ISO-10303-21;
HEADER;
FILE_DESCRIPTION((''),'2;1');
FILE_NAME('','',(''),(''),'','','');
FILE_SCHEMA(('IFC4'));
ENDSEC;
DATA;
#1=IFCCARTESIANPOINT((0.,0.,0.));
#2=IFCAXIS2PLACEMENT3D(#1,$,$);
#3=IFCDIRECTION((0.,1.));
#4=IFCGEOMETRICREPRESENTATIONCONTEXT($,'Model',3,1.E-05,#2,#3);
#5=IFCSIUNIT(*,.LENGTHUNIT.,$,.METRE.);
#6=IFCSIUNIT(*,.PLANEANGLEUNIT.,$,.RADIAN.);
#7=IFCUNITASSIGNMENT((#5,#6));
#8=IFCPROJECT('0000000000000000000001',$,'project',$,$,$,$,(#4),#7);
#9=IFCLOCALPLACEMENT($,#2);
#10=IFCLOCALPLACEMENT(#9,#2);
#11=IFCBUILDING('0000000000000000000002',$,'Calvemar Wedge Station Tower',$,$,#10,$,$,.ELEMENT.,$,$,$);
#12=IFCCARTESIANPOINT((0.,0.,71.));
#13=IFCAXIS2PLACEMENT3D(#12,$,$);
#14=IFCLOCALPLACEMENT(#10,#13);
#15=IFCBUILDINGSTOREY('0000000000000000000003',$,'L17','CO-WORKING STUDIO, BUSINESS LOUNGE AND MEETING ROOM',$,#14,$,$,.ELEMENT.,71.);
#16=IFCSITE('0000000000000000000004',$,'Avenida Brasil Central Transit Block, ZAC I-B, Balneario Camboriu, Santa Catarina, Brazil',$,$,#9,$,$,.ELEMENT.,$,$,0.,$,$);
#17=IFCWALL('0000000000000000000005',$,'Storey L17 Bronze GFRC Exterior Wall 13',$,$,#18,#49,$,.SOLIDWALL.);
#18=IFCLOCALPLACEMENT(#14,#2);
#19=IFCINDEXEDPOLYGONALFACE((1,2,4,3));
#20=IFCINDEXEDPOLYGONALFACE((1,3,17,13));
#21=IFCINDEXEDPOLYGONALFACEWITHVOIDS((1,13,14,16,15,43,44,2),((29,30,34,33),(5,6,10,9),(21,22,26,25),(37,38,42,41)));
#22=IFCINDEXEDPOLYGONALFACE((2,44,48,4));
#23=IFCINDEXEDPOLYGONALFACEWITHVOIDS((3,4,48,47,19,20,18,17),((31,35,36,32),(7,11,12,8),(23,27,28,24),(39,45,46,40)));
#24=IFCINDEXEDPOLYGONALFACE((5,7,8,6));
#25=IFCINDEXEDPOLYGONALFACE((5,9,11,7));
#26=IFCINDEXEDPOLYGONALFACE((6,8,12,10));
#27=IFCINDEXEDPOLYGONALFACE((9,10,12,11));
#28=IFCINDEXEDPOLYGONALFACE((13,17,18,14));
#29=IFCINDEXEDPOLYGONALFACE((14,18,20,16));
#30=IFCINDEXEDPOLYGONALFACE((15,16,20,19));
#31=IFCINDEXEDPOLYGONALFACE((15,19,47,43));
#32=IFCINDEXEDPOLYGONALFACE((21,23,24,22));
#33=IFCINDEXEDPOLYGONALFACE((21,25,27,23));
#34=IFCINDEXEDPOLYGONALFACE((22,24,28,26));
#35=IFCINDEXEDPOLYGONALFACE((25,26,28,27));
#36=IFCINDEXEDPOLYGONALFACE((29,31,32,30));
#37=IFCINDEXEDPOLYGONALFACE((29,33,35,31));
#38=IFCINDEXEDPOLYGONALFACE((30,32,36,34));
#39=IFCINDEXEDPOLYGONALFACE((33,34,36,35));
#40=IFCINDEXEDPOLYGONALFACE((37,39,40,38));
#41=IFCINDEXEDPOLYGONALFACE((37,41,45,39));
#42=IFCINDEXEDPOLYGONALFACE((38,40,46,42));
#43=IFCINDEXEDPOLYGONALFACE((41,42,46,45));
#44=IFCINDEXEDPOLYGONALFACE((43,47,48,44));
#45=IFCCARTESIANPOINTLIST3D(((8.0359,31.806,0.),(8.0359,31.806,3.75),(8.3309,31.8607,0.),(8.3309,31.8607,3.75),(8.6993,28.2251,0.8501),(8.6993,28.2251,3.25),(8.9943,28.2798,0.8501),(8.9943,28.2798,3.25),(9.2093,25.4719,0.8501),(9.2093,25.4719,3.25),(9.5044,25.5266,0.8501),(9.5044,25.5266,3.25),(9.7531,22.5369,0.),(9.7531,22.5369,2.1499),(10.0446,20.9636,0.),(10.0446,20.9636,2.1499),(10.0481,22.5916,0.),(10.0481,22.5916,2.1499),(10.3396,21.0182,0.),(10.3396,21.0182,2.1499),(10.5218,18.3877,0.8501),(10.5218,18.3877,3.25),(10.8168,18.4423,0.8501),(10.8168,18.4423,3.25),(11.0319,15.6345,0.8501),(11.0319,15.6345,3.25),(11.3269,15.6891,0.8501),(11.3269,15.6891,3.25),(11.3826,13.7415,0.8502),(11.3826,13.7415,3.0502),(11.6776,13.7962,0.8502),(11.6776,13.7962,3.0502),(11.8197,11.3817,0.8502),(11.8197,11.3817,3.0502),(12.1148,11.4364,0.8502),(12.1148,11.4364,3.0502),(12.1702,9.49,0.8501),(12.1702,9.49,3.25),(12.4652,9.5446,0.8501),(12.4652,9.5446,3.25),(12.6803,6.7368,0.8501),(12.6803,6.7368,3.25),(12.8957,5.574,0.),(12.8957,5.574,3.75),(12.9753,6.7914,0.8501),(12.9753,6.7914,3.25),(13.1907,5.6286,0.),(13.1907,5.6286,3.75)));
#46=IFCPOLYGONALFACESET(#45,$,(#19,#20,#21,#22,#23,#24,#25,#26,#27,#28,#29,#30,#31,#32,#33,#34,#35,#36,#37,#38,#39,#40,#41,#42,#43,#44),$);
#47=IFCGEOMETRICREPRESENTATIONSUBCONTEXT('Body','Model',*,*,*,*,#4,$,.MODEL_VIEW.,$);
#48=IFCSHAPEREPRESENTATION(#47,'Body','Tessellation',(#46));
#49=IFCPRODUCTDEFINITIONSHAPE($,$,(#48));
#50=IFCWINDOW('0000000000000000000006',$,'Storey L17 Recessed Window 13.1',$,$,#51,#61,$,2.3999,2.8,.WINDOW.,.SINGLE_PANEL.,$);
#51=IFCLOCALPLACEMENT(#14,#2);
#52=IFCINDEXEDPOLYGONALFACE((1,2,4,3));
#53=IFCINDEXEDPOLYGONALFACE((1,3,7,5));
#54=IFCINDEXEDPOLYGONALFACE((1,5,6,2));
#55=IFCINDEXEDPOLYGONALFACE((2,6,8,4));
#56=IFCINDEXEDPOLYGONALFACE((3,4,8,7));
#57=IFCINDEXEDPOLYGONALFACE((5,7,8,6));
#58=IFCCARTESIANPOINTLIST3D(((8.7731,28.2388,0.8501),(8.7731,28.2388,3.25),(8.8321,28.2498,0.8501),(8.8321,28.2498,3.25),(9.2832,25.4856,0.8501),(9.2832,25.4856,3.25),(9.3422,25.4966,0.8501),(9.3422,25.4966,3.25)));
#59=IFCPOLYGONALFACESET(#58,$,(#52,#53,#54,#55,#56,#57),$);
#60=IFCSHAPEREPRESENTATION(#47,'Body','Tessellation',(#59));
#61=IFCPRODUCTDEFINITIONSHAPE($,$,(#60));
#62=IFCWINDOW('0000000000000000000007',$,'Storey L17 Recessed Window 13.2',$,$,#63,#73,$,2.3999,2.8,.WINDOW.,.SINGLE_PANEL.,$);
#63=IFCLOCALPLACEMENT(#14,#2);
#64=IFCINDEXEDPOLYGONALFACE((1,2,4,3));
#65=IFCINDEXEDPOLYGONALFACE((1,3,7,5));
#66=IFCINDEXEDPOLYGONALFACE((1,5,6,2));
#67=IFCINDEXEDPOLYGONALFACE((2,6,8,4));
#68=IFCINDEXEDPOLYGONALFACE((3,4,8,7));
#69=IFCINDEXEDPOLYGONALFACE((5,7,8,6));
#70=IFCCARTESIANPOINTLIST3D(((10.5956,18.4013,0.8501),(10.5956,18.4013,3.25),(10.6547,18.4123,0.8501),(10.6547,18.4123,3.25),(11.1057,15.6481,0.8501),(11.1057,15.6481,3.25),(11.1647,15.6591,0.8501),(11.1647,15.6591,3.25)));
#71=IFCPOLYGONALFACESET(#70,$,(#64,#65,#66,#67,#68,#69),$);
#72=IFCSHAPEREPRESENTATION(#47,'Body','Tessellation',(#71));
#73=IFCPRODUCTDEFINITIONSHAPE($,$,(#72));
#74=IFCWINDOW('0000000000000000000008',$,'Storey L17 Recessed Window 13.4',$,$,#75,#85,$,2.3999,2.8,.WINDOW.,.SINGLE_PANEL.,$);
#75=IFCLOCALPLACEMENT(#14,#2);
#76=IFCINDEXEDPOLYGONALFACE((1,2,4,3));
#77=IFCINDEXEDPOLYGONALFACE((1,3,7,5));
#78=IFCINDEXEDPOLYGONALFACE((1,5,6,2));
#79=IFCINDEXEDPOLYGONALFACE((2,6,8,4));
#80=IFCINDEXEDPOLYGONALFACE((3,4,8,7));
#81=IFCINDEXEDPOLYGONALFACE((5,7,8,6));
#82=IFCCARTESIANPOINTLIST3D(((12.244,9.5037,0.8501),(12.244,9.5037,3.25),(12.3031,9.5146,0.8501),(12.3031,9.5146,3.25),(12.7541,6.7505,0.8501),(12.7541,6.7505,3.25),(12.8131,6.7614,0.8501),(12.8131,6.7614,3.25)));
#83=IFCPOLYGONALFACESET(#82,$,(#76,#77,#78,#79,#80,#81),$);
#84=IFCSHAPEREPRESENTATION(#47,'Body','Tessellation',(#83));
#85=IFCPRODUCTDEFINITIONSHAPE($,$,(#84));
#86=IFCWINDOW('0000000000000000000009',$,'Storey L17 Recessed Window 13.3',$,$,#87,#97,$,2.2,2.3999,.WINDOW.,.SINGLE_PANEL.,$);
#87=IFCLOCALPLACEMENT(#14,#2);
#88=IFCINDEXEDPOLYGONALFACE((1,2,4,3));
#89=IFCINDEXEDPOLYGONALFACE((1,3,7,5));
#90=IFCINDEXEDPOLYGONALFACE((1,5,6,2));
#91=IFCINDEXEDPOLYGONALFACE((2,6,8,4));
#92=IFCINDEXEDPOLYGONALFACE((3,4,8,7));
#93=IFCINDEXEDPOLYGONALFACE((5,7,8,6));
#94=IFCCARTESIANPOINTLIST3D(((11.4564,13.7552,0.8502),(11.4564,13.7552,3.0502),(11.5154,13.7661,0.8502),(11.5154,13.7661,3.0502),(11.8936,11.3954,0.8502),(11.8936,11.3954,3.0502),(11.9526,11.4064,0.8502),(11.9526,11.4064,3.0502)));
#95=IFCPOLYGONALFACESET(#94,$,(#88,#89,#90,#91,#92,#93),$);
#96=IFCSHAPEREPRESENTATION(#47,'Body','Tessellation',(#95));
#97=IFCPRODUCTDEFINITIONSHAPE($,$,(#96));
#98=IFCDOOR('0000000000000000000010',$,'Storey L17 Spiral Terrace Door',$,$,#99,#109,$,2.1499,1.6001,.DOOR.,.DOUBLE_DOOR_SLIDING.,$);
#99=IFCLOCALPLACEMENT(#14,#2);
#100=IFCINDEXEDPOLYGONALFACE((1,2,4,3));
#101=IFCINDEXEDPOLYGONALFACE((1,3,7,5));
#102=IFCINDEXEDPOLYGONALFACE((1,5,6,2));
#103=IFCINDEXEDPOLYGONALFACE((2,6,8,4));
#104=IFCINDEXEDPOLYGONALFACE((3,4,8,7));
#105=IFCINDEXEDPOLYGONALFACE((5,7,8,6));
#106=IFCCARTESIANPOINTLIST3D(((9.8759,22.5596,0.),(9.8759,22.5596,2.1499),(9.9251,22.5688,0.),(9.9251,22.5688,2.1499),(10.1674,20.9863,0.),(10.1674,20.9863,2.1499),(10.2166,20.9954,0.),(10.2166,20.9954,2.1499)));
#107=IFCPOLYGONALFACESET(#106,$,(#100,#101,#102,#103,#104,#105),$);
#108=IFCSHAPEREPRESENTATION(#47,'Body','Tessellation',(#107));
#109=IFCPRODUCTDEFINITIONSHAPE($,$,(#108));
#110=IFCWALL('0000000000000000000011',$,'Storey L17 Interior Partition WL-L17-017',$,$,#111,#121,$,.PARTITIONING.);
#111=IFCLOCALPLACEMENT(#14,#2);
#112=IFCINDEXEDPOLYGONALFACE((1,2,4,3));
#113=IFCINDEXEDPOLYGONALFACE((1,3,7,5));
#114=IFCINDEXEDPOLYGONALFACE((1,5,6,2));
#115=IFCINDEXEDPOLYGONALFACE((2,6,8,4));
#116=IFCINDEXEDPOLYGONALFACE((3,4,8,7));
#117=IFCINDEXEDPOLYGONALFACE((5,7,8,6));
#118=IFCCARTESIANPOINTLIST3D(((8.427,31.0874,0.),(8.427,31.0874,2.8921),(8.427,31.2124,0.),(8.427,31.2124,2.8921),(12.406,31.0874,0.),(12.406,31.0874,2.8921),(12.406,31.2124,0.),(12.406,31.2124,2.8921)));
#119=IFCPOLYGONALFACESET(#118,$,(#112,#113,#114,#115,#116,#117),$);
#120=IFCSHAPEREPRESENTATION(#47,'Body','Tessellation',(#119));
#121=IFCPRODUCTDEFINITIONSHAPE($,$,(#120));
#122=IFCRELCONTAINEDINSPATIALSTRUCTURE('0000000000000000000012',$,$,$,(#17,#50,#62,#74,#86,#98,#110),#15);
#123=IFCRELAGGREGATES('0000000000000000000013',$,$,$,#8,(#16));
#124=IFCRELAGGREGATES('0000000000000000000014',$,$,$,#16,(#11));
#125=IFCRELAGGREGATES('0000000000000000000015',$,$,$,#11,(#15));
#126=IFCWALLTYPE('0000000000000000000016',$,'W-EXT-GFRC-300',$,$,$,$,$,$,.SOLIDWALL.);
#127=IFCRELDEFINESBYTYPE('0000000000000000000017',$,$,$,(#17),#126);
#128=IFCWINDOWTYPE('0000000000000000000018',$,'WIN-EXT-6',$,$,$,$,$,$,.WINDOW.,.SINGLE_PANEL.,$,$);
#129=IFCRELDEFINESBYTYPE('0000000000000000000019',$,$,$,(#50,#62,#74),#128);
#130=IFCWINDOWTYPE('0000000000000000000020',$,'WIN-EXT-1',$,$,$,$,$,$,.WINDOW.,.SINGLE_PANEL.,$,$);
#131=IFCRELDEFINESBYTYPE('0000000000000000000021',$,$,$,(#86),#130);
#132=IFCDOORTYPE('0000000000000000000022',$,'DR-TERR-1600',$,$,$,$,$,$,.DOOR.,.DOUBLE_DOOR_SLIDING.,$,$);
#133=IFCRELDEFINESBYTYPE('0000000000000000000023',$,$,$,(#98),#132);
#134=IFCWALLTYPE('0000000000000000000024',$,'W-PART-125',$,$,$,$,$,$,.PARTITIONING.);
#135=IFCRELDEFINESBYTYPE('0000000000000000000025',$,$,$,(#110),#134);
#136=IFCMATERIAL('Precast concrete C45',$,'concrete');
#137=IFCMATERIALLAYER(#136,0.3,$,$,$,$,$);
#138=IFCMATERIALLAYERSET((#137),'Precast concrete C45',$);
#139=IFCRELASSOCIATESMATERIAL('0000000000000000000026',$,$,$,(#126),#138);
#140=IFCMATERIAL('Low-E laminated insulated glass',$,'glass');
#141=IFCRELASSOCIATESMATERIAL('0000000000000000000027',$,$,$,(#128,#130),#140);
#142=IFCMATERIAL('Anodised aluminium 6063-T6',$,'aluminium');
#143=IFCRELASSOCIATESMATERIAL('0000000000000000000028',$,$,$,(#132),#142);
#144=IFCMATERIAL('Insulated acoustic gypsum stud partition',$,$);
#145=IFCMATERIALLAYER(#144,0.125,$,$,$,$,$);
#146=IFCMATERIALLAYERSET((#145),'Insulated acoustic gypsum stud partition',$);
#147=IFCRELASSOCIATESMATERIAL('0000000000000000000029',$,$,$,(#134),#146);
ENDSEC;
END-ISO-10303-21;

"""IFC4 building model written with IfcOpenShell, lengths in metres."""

from ifc_helpers import new_model, si_unit, direction, frame, frame_2d, origin, place, context, subcontext, project, spatial, rectangle, extrude, source, transform, mapped, material, layer, layer_set, type_object, element, fill, save


model = new_model("IFC4")

# Units and contexts
model_context = context("Model", 3, precision=1e-05, world=origin(), true_north=direction((0.0, 1.0)))
body_context = subcontext(model_context, "Body", "Model", "MODEL_VIEW")
ifc_project = project(units=[si_unit("LENGTHUNIT", "METRE"), si_unit("PLANEANGLEUNIT", "RADIAN")], contexts=[model_context])

# Site, building, storey
site_placement = place(None, origin())
site = spatial("IfcSite", under=ifc_project, at=site_placement, Name="Avenida Brasil Central Transit Block, ZAC I-B, Balneario Camboriu, Santa Catarina, Brazil", CompositionType="ELEMENT", RefElevation=0.0)
building_placement = place(site_placement, origin())
building = spatial("IfcBuilding", under=site, at=building_placement, Name="Calvemar Wedge Station Tower", CompositionType="ELEMENT")
storey_placement = place(building_placement, frame((0.0, 0.0, 71.0)))
storey = spatial("IfcBuildingStorey", under=building, at=storey_placement, Name="L17", Description="CO-WORKING STUDIO, BUSINESS LOUNGE AND MEETING ROOM", CompositionType="ELEMENT", Elevation=71.0)

# Wall, openings, windows, door
ifc_material_1 = material(Name="Precast concrete C45", Category="concrete")
ifc_layer_1 = layer(ifc_material_1, 0.3)
ifc_layer_set_1 = layer_set([ifc_layer_1], Name="Precast concrete C45")
wall_type_1 = type_object("IfcWallType", Name="W-EXT-GFRC-300", PredefinedType="SOLIDWALL", material=ifc_layer_set_1)
wall_1_placement = place(storey_placement, frame((8.1833, 31.8335, 0.0), z_axis=(0.0, 0.0, 1.0), x_axis=(0.182164, -0.983268, 0.0)))
wall_1 = element("IfcWall", 1, at=wall_1_placement, inside=storey, type_object=wall_type_1, Name="Storey L17 Bronze GFRC Exterior Wall 13", PredefinedType="SOLIDWALL", context=body_context, shape_type="SweptSolid", body=[
    extrude(rectangle(XDim=26.6785, YDim=0.3, at=frame_2d((13.3394, 0.0))), origin(), (0.0, 0.0, 1.0), 3.75),
])
shared_shape_1 = source(origin(), body_context, "Body", "SweptSolid", [
    extrude(rectangle(XDim=1.6001, YDim=2.1499, at=frame_2d((0.8, 1.075))), frame((0.0, 0.1602, 0.0), z_axis=(0.0, -1.0, 0.0), x_axis=(1.0, 0.0, 0.0)), (0.0, 0.0, 1.0), 0.3201),
])
opening_1_placement = place(wall_1_placement, frame((9.427, 0.0, 0.0)))
opening_1 = element("IfcOpeningElement", 2, at=opening_1_placement, cuts=wall_1, PredefinedType="OPENING", context=body_context, shape_type="MappedRepresentation", body=[
    mapped(shared_shape_1, transform((0.0, 0.0, 0.0), scale=1.0)),
])
shared_shape_2 = source(origin(), body_context, "Body", "SweptSolid", [
    extrude(rectangle(XDim=2.8, YDim=2.3999, at=frame_2d((1.3999, 1.2))), frame((0.0, 0.1602, 0.0), z_axis=(0.0, -1.0, 0.0), x_axis=(1.0, 0.0, 0.0)), (0.0, 0.0, 1.0), 0.3201),
])
opening_2_placement = place(wall_1_placement, frame((3.6421, 0.0, 0.8501)))
opening_2 = element("IfcOpeningElement", 3, at=opening_2_placement, cuts=wall_1, PredefinedType="OPENING", context=body_context, shape_type="MappedRepresentation", body=[
    mapped(shared_shape_2, transform((0.0, 0.0, 0.0), scale=1.0)),
])
opening_3_placement = place(wall_1_placement, frame((13.647, 0.0, 0.8501)))
opening_3 = element("IfcOpeningElement", 4, at=opening_3_placement, cuts=wall_1, PredefinedType="OPENING", context=body_context, shape_type="MappedRepresentation", body=[
    mapped(shared_shape_2, transform((0.0, 0.0, 0.0), scale=1.0)),
])
shared_shape_3 = source(origin(), body_context, "Body", "SweptSolid", [
    extrude(rectangle(XDim=2.3999, YDim=2.2, at=frame_2d((1.2, 1.1001))), frame((0.0, 0.1602, 0.0), z_axis=(0.0, -1.0, 0.0), x_axis=(1.0, 0.0, 0.0)), (0.0, 0.0, 1.0), 0.3201),
])
opening_4_placement = place(wall_1_placement, frame((18.3721, 0.0, 0.8501)))
opening_4 = element("IfcOpeningElement", 5, at=opening_4_placement, cuts=wall_1, PredefinedType="OPENING", context=body_context, shape_type="MappedRepresentation", body=[
    mapped(shared_shape_3, transform((0.0, 0.0, 0.0), scale=1.0)),
])
opening_5_placement = place(wall_1_placement, frame((22.696, 0.0, 0.8501)))
opening_5 = element("IfcOpeningElement", 6, at=opening_5_placement, cuts=wall_1, PredefinedType="OPENING", context=body_context, shape_type="MappedRepresentation", body=[
    mapped(shared_shape_2, transform((0.0, 0.0, 0.0), scale=1.0)),
])
ifc_material_2 = material(Name="Low-E laminated insulated glass", Category="glass")
window_type_1 = type_object("IfcWindowType", Name="WIN-EXT-6", PartitioningType="SINGLE_PANEL", PredefinedType="WINDOW", material=ifc_material_2)
shared_shape_4 = source(origin(), body_context, "Body", "SweptSolid", [
    extrude(rectangle(XDim=2.8, YDim=2.3999, at=frame_2d((1.3999, 1.2))), frame((0.0, -0.0149, 0.0), z_axis=(0.0, -1.0, 0.0), x_axis=(1.0, 0.0, 0.0)), (0.0, 0.0, 1.0), 0.0601),
])
window_1_placement = place(opening_2_placement, origin())
window_1 = element("IfcWindow", 7, at=window_1_placement, inside=storey, type_object=window_type_1, Name="Storey L17 Recessed Window 13.1", OverallHeight=2.3999, OverallWidth=2.8, PartitioningType="SINGLE_PANEL", PredefinedType="WINDOW", context=body_context, shape_type="MappedRepresentation", body=[
    mapped(shared_shape_4, transform((0.0, 0.0, 0.0), scale=1.0)),
])
fill(opening_2, window_1)
window_2_placement = place(opening_3_placement, origin())
window_2 = element("IfcWindow", 8, at=window_2_placement, inside=storey, type_object=window_type_1, Name="Storey L17 Recessed Window 13.2", OverallHeight=2.3999, OverallWidth=2.8, PartitioningType="SINGLE_PANEL", PredefinedType="WINDOW", context=body_context, shape_type="MappedRepresentation", body=[
    mapped(shared_shape_4, transform((0.0, 0.0, 0.0), scale=1.0)),
])
fill(opening_3, window_2)
window_3_placement = place(opening_5_placement, origin())
window_3 = element("IfcWindow", 9, at=window_3_placement, inside=storey, type_object=window_type_1, Name="Storey L17 Recessed Window 13.4", OverallHeight=2.3999, OverallWidth=2.8, PartitioningType="SINGLE_PANEL", PredefinedType="WINDOW", context=body_context, shape_type="MappedRepresentation", body=[
    mapped(shared_shape_4, transform((0.0, 0.0, 0.0), scale=1.0)),
])
fill(opening_5, window_3)
window_type_2 = type_object("IfcWindowType", Name="WIN-EXT-1", PartitioningType="SINGLE_PANEL", PredefinedType="WINDOW", material=ifc_material_2)
shared_shape_5 = source(origin(), body_context, "Body", "SweptSolid", [
    extrude(rectangle(XDim=2.3999, YDim=2.2, at=frame_2d((1.2, 1.1001))), frame((0.0, -0.0149, 0.0), z_axis=(0.0, -1.0, 0.0), x_axis=(1.0, 0.0, 0.0)), (0.0, 0.0, 1.0), 0.0601),
])
window_4_placement = place(opening_4_placement, origin())
window_4 = element("IfcWindow", 10, at=window_4_placement, inside=storey, type_object=window_type_2, Name="Storey L17 Recessed Window 13.3", OverallHeight=2.2, OverallWidth=2.3999, PartitioningType="SINGLE_PANEL", PredefinedType="WINDOW", context=body_context, shape_type="MappedRepresentation", body=[
    mapped(shared_shape_5, transform((0.0, 0.0, 0.0), scale=1.0)),
])
fill(opening_4, window_4)
ifc_material_3 = material(Name="Anodised aluminium 6063-T6", Category="aluminium")
door_type = type_object("IfcDoorType", Name="DR-TERR-1600", OperationType="DOUBLE_DOOR_SLIDING", PredefinedType="DOOR", material=ifc_material_3)
shared_shape_6 = source(origin(), body_context, "Body", "SweptSolid", [
    extrude(rectangle(XDim=1.6001, YDim=2.1499, at=frame_2d((0.8, 1.075))), frame((0.0, 0.0249, 0.0), z_axis=(0.0, -1.0, 0.0), x_axis=(1.0, 0.0, 0.0)), (0.0, 0.0, 1.0), 0.05),
])
door_placement = place(opening_1_placement, origin())
door = element("IfcDoor", 11, at=door_placement, inside=storey, type_object=door_type, Name="Storey L17 Spiral Terrace Door", OperationType="DOUBLE_DOOR_SLIDING", OverallHeight=2.1499, OverallWidth=1.6001, PredefinedType="DOOR", context=body_context, shape_type="MappedRepresentation", body=[
    mapped(shared_shape_6, transform((0.0, 0.0, 0.0), scale=1.0)),
])
fill(opening_1, door)

# Wall
ifc_material_4 = material(Name="Insulated acoustic gypsum stud partition")
ifc_layer_2 = layer(ifc_material_4, 0.125)
ifc_layer_set_2 = layer_set([ifc_layer_2], Name="Insulated acoustic gypsum stud partition")
wall_type_2 = type_object("IfcWallType", Name="W-PART-125", PredefinedType="PARTITIONING", material=ifc_layer_set_2)
wall_2_placement = place(storey_placement, frame((12.406, 31.1499, 0.0), z_axis=(0.0, 0.0, 1.0), x_axis=(-1.0, 0.0, 0.0)))
element("IfcWall", 12, at=wall_2_placement, inside=storey, type_object=wall_type_2, Name="Storey L17 Interior Partition WL-L17-017", PredefinedType="PARTITIONING", context=body_context, shape_type="SweptSolid", body=[
    extrude(rectangle(XDim=3.979, YDim=0.125, at=frame_2d((1.9895, 0.0))), origin(), (0.0, 0.0, 1.0), 2.8921),
])

save(model, "model.ifc")
